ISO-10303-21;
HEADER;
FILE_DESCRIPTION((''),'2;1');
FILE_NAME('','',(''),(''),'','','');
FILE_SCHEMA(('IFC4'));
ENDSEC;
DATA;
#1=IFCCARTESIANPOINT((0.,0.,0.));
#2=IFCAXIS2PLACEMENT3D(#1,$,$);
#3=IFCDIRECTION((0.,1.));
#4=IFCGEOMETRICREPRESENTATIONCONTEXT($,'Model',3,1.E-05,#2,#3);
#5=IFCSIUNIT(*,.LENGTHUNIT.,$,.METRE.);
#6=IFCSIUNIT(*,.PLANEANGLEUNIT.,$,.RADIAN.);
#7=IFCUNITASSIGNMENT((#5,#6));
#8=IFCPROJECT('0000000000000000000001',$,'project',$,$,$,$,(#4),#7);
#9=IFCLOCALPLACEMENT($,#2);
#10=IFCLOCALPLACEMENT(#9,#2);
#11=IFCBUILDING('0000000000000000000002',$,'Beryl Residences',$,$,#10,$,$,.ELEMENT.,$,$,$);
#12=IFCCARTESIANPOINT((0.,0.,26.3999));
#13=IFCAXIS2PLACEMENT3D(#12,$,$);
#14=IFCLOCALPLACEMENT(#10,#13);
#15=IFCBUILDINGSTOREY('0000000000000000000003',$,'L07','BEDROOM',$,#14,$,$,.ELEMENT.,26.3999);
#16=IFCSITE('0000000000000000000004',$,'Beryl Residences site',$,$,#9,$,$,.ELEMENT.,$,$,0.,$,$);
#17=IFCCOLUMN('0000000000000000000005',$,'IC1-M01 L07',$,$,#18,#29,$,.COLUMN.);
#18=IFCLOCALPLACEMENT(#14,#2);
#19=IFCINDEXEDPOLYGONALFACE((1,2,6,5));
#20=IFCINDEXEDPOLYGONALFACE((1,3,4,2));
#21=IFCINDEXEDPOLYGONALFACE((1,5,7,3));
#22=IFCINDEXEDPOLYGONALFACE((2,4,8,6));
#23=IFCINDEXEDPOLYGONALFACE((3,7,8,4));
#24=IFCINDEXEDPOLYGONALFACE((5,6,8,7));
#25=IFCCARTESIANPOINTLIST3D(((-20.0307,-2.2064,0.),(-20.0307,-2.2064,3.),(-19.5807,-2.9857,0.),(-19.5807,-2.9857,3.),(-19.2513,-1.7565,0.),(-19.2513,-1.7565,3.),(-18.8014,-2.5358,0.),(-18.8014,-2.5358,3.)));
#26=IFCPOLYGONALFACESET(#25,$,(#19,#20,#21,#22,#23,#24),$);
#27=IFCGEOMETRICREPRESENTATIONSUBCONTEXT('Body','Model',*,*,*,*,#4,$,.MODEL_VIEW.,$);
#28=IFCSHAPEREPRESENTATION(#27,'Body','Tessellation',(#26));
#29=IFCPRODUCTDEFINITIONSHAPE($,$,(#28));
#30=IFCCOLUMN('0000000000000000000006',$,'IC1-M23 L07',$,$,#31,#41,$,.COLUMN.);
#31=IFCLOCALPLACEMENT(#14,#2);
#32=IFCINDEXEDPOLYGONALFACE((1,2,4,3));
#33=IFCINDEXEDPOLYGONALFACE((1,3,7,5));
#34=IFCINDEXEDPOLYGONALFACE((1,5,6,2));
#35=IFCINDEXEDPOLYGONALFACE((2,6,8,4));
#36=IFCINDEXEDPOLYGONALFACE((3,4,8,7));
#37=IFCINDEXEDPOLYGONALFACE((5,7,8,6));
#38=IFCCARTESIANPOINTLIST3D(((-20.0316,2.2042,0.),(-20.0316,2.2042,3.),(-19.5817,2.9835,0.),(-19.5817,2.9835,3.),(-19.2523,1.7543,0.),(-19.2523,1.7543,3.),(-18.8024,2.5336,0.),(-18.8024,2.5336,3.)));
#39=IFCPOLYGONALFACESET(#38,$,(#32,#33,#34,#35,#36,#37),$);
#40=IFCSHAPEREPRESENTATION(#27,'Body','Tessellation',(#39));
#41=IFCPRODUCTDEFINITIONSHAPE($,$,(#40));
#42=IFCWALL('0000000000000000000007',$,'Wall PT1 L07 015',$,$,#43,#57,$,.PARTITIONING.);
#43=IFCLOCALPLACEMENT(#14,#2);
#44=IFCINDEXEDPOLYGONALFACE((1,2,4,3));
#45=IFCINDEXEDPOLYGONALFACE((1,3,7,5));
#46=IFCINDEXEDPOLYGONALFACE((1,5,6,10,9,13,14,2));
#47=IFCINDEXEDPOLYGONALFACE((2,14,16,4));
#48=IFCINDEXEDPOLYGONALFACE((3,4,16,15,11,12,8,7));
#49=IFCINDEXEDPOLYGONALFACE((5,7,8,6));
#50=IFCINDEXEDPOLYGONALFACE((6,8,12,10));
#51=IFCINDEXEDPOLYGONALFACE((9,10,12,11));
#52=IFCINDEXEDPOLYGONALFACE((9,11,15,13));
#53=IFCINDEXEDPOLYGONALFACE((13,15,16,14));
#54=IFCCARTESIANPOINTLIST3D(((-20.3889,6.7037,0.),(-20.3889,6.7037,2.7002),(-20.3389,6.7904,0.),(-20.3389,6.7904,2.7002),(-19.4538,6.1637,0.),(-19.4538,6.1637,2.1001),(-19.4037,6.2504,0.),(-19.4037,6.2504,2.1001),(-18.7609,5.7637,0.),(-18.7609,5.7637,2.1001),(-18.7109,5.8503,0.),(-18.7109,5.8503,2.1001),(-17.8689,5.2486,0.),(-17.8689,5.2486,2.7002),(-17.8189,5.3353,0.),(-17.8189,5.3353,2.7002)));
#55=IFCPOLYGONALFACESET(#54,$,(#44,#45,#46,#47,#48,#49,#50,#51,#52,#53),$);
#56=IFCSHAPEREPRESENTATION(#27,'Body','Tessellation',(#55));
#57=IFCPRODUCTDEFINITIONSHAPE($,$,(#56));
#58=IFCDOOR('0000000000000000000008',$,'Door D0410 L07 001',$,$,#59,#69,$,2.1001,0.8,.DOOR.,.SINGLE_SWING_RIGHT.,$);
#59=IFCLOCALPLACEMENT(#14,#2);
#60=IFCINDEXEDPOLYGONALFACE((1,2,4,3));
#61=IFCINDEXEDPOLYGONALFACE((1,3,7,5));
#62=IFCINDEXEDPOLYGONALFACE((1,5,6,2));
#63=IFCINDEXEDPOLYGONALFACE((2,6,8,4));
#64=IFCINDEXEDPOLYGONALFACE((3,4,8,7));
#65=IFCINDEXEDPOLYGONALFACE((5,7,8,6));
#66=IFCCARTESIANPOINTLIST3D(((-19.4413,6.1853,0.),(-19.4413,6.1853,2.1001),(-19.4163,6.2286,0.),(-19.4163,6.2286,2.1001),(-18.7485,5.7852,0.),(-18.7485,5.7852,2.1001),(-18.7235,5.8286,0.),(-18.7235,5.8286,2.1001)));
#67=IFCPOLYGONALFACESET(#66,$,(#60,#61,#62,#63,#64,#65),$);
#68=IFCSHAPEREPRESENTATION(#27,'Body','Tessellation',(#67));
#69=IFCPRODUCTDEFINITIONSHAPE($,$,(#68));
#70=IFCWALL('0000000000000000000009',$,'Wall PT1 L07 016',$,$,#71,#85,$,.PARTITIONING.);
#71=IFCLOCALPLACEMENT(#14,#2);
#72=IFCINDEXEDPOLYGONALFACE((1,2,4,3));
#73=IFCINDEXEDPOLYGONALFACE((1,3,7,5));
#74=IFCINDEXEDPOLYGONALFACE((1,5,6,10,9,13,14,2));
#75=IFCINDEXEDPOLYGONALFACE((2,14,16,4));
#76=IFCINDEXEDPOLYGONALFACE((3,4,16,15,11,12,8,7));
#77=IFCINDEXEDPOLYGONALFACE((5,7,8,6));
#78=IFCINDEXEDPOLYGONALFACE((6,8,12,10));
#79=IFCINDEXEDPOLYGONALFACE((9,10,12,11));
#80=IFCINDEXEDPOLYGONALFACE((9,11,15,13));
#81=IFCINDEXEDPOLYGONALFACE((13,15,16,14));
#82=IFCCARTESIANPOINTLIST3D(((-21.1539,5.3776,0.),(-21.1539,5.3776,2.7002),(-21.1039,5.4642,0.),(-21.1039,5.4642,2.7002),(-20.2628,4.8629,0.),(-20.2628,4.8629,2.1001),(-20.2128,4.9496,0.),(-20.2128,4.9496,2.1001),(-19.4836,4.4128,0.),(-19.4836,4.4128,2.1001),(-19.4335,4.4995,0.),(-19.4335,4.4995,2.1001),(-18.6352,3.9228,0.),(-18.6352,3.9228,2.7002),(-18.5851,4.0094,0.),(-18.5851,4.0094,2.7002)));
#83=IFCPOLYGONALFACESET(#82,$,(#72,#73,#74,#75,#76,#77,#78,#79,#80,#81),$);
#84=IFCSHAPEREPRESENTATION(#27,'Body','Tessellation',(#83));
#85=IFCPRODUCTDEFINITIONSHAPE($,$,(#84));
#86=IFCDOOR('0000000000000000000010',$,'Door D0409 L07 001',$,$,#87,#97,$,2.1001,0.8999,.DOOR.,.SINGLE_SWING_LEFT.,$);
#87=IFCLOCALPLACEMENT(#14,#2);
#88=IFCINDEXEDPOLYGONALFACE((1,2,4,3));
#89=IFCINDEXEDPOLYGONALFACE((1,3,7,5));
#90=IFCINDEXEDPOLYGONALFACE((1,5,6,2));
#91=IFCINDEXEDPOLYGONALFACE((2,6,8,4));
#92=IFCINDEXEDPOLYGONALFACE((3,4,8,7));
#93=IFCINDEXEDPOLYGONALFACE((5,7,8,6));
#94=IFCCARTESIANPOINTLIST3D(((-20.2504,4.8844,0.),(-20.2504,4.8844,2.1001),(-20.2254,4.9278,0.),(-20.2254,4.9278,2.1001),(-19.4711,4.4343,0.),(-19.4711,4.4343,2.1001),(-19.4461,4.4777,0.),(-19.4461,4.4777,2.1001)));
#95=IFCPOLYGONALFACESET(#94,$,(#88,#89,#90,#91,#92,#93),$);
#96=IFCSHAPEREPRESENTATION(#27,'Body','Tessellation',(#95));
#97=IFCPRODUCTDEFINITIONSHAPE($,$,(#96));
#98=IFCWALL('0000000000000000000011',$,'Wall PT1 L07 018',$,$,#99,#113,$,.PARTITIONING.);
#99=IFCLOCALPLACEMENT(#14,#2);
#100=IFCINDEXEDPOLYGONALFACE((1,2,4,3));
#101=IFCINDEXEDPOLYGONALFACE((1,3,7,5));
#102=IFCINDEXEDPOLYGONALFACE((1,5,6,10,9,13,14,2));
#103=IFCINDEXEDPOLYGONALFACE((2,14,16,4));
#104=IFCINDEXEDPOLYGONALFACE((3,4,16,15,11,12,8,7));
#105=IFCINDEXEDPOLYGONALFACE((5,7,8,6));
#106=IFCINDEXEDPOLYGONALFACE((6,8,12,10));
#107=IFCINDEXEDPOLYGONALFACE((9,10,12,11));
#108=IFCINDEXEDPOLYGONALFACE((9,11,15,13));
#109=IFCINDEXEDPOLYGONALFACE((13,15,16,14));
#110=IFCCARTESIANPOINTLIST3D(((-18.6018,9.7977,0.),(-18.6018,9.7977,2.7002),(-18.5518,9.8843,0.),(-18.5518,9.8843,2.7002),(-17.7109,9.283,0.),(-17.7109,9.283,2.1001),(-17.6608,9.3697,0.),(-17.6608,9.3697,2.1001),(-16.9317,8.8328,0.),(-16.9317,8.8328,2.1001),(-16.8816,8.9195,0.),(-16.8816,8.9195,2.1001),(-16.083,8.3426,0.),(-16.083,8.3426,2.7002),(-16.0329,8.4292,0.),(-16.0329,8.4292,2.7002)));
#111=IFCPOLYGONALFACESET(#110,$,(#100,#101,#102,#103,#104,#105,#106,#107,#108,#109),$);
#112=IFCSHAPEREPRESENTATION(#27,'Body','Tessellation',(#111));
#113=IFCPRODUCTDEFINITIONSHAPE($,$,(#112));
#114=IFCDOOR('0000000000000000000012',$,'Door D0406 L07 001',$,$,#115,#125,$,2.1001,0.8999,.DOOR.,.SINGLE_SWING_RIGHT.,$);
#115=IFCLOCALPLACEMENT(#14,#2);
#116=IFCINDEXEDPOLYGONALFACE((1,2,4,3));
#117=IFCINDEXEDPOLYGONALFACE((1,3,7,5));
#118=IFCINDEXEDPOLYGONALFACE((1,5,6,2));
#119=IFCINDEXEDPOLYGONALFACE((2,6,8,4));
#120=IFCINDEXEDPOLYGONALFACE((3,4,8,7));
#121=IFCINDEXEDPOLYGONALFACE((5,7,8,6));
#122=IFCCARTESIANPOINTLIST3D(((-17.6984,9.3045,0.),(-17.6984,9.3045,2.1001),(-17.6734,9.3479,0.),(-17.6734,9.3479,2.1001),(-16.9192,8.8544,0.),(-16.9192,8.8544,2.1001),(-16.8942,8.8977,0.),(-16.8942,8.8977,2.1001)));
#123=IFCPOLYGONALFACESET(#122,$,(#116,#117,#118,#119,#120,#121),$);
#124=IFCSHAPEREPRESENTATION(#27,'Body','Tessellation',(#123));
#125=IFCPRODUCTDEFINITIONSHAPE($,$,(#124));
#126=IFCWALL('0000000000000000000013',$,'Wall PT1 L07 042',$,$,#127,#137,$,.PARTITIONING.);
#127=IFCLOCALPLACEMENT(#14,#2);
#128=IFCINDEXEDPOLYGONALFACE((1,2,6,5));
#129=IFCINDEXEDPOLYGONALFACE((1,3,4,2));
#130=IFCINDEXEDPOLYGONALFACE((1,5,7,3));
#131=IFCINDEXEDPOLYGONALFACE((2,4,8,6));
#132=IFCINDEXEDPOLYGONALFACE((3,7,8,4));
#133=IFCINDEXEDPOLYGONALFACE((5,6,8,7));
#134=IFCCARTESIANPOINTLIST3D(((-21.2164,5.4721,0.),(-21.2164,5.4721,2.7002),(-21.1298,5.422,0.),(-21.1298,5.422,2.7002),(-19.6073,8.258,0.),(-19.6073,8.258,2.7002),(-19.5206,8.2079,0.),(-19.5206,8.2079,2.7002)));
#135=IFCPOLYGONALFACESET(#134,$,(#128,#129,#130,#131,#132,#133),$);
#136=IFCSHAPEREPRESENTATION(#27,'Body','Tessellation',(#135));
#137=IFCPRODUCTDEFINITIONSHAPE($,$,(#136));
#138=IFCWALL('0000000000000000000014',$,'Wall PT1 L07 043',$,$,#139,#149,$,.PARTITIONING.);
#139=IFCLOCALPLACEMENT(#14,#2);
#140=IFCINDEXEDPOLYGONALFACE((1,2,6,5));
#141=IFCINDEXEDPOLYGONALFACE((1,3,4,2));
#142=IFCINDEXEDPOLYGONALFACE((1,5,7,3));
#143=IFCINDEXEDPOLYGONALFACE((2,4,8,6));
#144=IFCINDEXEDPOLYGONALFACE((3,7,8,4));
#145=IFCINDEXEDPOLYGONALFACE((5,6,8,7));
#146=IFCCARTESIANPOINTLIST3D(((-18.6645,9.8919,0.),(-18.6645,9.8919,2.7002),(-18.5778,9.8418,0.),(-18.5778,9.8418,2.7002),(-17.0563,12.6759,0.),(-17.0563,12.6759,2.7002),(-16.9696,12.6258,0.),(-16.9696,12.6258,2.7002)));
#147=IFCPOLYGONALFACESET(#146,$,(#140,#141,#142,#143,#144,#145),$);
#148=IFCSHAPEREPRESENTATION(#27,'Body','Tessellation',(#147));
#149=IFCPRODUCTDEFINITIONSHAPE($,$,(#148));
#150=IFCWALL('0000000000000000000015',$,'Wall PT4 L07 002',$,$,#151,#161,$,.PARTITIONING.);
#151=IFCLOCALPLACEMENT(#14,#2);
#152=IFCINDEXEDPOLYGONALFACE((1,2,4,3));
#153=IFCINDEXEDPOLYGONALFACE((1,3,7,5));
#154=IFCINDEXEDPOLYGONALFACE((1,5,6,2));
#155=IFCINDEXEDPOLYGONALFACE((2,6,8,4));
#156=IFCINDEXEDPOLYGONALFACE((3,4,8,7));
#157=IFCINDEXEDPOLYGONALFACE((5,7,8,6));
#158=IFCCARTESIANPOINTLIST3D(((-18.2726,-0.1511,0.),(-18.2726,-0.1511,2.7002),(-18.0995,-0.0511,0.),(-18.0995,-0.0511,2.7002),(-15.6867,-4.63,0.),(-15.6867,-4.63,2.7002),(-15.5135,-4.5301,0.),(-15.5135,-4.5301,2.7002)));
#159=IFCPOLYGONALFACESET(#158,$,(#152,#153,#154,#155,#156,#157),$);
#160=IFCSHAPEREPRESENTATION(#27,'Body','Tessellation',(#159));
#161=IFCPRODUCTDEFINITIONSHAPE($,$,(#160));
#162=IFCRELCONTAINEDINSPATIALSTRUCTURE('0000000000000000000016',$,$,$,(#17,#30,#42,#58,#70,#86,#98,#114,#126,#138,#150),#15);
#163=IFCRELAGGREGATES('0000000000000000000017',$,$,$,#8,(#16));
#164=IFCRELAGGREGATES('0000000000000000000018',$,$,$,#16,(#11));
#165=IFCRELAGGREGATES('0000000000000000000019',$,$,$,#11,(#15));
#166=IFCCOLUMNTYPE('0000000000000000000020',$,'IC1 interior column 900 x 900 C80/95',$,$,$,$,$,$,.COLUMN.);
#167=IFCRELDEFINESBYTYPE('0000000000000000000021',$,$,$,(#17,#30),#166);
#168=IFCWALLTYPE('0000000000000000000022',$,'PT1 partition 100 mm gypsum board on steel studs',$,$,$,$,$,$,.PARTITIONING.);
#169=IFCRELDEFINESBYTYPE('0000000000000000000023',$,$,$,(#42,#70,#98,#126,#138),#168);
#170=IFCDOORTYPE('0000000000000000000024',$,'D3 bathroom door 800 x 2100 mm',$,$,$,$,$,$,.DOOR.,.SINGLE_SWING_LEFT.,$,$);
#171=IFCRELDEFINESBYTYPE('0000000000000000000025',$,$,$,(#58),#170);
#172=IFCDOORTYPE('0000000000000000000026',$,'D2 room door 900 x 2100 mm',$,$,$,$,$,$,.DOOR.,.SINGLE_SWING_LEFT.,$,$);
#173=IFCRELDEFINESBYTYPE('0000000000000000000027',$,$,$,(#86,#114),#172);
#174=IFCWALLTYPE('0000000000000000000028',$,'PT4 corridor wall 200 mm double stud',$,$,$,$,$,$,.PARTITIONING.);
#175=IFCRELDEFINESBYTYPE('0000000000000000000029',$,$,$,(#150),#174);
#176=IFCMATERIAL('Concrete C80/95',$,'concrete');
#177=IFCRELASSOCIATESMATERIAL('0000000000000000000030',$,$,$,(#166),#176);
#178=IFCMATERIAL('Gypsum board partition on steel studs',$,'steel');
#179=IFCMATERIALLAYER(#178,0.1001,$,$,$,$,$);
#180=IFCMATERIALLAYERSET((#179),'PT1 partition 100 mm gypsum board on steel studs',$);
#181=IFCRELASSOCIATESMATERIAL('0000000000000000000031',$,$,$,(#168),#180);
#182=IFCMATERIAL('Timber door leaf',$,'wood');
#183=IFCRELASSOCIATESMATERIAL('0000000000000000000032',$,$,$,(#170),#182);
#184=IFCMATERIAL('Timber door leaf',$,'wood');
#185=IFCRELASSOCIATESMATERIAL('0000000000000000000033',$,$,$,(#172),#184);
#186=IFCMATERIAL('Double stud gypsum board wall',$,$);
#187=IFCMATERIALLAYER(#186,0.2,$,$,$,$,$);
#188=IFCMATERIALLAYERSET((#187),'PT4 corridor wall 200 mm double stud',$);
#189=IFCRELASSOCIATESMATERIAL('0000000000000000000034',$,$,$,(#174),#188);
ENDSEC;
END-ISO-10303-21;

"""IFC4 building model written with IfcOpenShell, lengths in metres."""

from ifc_helpers import new_model, si_unit, direction, frame, frame_2d, origin, origin_2d, place, context, subcontext, project, spatial, rectangle, extrude, material, layer, layer_set, material_profile, profile_set, type_object, element, fill, save


model = new_model("IFC4")

# Units and contexts
model_context = context("Model", 3, precision=1e-05, world=origin(), true_north=direction((0.0, 1.0)))
body_context = subcontext(model_context, "Body", "Model", "MODEL_VIEW")
ifc_project = project(units=[si_unit("LENGTHUNIT", "METRE"), si_unit("PLANEANGLEUNIT", "RADIAN")], contexts=[model_context])

# Site, building, storey
site_placement = place(None, origin())
site = spatial("IfcSite", under=ifc_project, at=site_placement, Name="Beryl Residences site", CompositionType="ELEMENT", RefElevation=0.0)
building_placement = place(site_placement, origin())
building = spatial("IfcBuilding", under=site, at=building_placement, Name="Beryl Residences", CompositionType="ELEMENT")
storey_placement = place(building_placement, frame((0.0, 0.0, 26.3999)))
storey = spatial("IfcBuildingStorey", under=building, at=storey_placement, Name="L07", Description="BEDROOM", CompositionType="ELEMENT", Elevation=26.3999)

# Columns
ifc_material_1 = material(Name="Concrete C80/95", Category="concrete")
ifc_material_profile = material_profile(ifc_material_1, rectangle(XDim=0.8999, YDim=0.8999, at=origin_2d()))
ifc_profile_set = profile_set([ifc_material_profile], Name="Concrete C80/95")
column_type = type_object("IfcColumnType", Name="IC1 interior column 900 x 900 C80/95", PredefinedType="COLUMN", material=ifc_profile_set)
for number, where, z_axis, x_axis, name in (
    (1, (-19.416, -2.3711, 0.0), (0.0, 0.0, 1.0), (0.499985, -0.866034, 0.0), "IC1-M01 L07"),
    (2, (-19.417, 2.3689, 0.0), (0.0, 0.0, 1.0), (-0.499985, -0.866034, 0.0), "IC1-M23 L07"),
):
    element("IfcColumn", number, at=place(storey_placement, frame(where, z_axis=z_axis, x_axis=x_axis)), inside=storey, type_object=column_type, Name=name, PredefinedType="COLUMN", context=body_context, shape_type="SweptSolid", body=[
        extrude(rectangle(XDim=0.8999, YDim=0.8999, at=origin_2d()), origin(), (0.0, 0.0, 1.0), 3.0),
    ])

# Walls, openings, doors
ifc_material_2 = material(Name="Gypsum board partition on steel studs", Category="steel")
ifc_layer_1 = layer(ifc_material_2, 0.1001)
ifc_layer_set_1 = layer_set([ifc_layer_1], Name="PT1 partition 100 mm gypsum board on steel studs")
wall_type_1 = type_object("IfcWallType", Name="PT1 partition 100 mm gypsum board on steel studs", PredefinedType="PARTITIONING", material=ifc_layer_set_1)
wall_1_placement = place(storey_placement, frame((-20.364, 6.7471, 0.0), z_axis=(0.0, 0.0, 1.0), x_axis=(0.866004, -0.500037, 0.0)))
wall_1 = element("IfcWall", 3, at=wall_1_placement, inside=storey, type_object=wall_type_1, Name="Wall PT1 L07 015", PredefinedType="PARTITIONING", context=body_context, shape_type="SweptSolid", body=[
    extrude(rectangle(XDim=2.9099, YDim=0.1001, at=frame_2d((1.4551, 0.0))), origin(), (0.0, 0.0, 1.0), 2.7002),
])
opening_1_placement = place(wall_1_placement, frame((1.0801, 0.0, 0.0)))
opening_1 = element("IfcOpeningElement", 4, at=opening_1_placement, cuts=wall_1, PredefinedType="OPENING", context=body_context, shape_type="SweptSolid", body=[
    extrude(rectangle(XDim=0.8, YDim=2.1001, at=frame_2d((0.3999, 1.05))), frame((0.0, 0.0601, 0.0), z_axis=(0.0, -1.0, 0.0), x_axis=(1.0, 0.0, 0.0)), (0.0, 0.0, 1.0), 0.1201),
])
ifc_material_3 = material(Name="Timber door leaf", Category="wood")
door_type_1 = type_object("IfcDoorType", Name="D3 bathroom door 800 x 2100 mm", OperationType="SINGLE_SWING_LEFT", PredefinedType="DOOR", material=ifc_material_3)
door_1_placement = place(opening_1_placement, origin())
door_1 = element("IfcDoor", 5, at=door_1_placement, inside=storey, type_object=door_type_1, Name="Door D0410 L07 001", OperationType="SINGLE_SWING_RIGHT", OverallHeight=2.1001, OverallWidth=0.8, PredefinedType="DOOR", context=body_context, shape_type="SweptSolid", body=[
    extrude(rectangle(XDim=0.8, YDim=2.1001, at=frame_2d((0.3999, 1.05))), frame((0.0, 0.0249, 0.0), z_axis=(0.0, -1.0, 0.0), x_axis=(1.0, 0.0, 0.0)), (0.0, 0.0, 1.0), 0.05),
])
fill(opening_1, door_1)
wall_2_placement = place(storey_placement, frame((-21.1289, 5.4209, 0.0), z_axis=(0.0, 0.0, 1.0), x_axis=(0.865935, -0.500156, 0.0)))
wall_2 = element("IfcWall", 6, at=wall_2_placement, inside=storey, type_object=wall_type_1, Name="Wall PT1 L07 016", PredefinedType="PARTITIONING", context=body_context, shape_type="SweptSolid", body=[
    extrude(rectangle(XDim=2.9087, YDim=0.1001, at=frame_2d((1.4543, 0.0))), origin(), (0.0, 0.0, 1.0), 2.7002),
])
opening_2_placement = place(wall_2_placement, frame((1.0291, 0.0, 0.0)))
opening_2 = element("IfcOpeningElement", 7, at=opening_2_placement, cuts=wall_2, PredefinedType="OPENING", context=body_context, shape_type="SweptSolid", body=[
    extrude(rectangle(XDim=0.8999, YDim=2.1001, at=frame_2d((0.45, 1.05))), frame((0.0, 0.0601, 0.0), z_axis=(0.0, -1.0, 0.0), x_axis=(1.0, 0.0, 0.0)), (0.0, 0.0, 1.0), 0.1201),
])
ifc_material_4 = material(Name="Timber door leaf", Category="wood")
door_type_2 = type_object("IfcDoorType", Name="D2 room door 900 x 2100 mm", OperationType="SINGLE_SWING_LEFT", PredefinedType="DOOR", material=ifc_material_4)
door_2_placement = place(opening_2_placement, origin())
door_2 = element("IfcDoor", 8, at=door_2_placement, inside=storey, type_object=door_type_2, Name="Door D0409 L07 001", OperationType="SINGLE_SWING_LEFT", OverallHeight=2.1001, OverallWidth=0.8999, PredefinedType="DOOR", context=body_context, shape_type="SweptSolid", body=[
    extrude(rectangle(XDim=0.8999, YDim=2.1001, at=frame_2d((0.45, 1.05))), frame((0.0, 0.0249, 0.0), z_axis=(0.0, -1.0, 0.0), x_axis=(1.0, 0.0, 0.0)), (0.0, 0.0, 1.0), 0.05),
])
fill(opening_2, door_2)
wall_3_placement = place(storey_placement, frame((-18.5769, 9.8411, 0.0), z_axis=(0.0, 0.0, 1.0), x_axis=(0.865899, -0.500219, 0.0)))
wall_3 = element("IfcWall", 9, at=wall_3_placement, inside=storey, type_object=wall_type_1, Name="Wall PT1 L07 018", PredefinedType="PARTITIONING", context=body_context, shape_type="SweptSolid", body=[
    extrude(rectangle(XDim=2.9089, YDim=0.1001, at=frame_2d((1.4546, 0.0))), origin(), (0.0, 0.0, 1.0), 2.7002),
])
opening_3_placement = place(wall_3_placement, frame((1.0291, 0.0, 0.0)))
opening_3 = element("IfcOpeningElement", 10, at=opening_3_placement, cuts=wall_3, PredefinedType="OPENING", context=body_context, shape_type="SweptSolid", body=[
    extrude(rectangle(XDim=0.8999, YDim=2.1001, at=frame_2d((0.45, 1.05))), frame((0.0, 0.0601, 0.0), z_axis=(0.0, -1.0, 0.0), x_axis=(1.0, 0.0, 0.0)), (0.0, 0.0, 1.0), 0.1201),
])
door_3_placement = place(opening_3_placement, origin())
door_3 = element("IfcDoor", 11, at=door_3_placement, inside=storey, type_object=door_type_2, Name="Door D0406 L07 001", OperationType="SINGLE_SWING_RIGHT", OverallHeight=2.1001, OverallWidth=0.8999, PredefinedType="DOOR", context=body_context, shape_type="SweptSolid", body=[
    extrude(rectangle(XDim=0.8999, YDim=2.1001, at=frame_2d((0.45, 1.05))), frame((0.0, 0.0249, 0.0), z_axis=(0.0, -1.0, 0.0), x_axis=(1.0, 0.0, 0.0)), (0.0, 0.0, 1.0), 0.05),
])
fill(opening_3, door_3)

# Walls
wall_4_placement = place(storey_placement, frame((-21.1731, 5.447, 0.0), z_axis=(0.0, 0.0, 1.0), x_axis=(0.500163, 0.865932, 0.0)))
element("IfcWall", 12, at=wall_4_placement, inside=storey, type_object=wall_type_1, Name="Wall PT1 L07 042", PredefinedType="PARTITIONING", context=body_context, shape_type="SweptSolid", body=[
    extrude(rectangle(XDim=3.2173, YDim=0.1001, at=frame_2d((1.6086, 0.0))), origin(), (0.0, 0.0, 1.0), 2.7002),
])
wall_5_placement = place(storey_placement, frame((-18.6211, 9.8669, 0.0), z_axis=(0.0, 0.0, 1.0), x_axis=(0.500198, 0.865911, 0.0)))
element("IfcWall", 13, at=wall_5_placement, inside=storey, type_object=wall_type_1, Name="Wall PT1 L07 043", PredefinedType="PARTITIONING", context=body_context, shape_type="SweptSolid", body=[
    extrude(rectangle(XDim=3.2151, YDim=0.1001, at=frame_2d((1.6074, 0.0))), origin(), (0.0, 0.0, 1.0), 2.7002),
])
ifc_material_5 = material(Name="Double stud gypsum board wall")
ifc_layer_2 = layer(ifc_material_5, 0.2)
ifc_layer_set_2 = layer_set([ifc_layer_2], Name="PT4 corridor wall 200 mm double stud")
wall_type_2 = type_object("IfcWallType", Name="PT4 corridor wall 200 mm double stud", PredefinedType="PARTITIONING", material=ifc_layer_set_2)
wall_6_placement = place(storey_placement, frame((-18.186, -0.1011, 0.0), z_axis=(0.0, 0.0, 1.0), x_axis=(0.499998, -0.866027, 0.0)))
element("IfcWall", 14, at=wall_6_placement, inside=storey, type_object=wall_type_2, Name="Wall PT4 L07 002", PredefinedType="PARTITIONING", context=body_context, shape_type="SweptSolid", body=[
    extrude(rectangle(XDim=5.1719, YDim=0.2, at=frame_2d((2.5859, 0.0))), origin(), (0.0, 0.0, 1.0), 2.7002),
])

save(model, "model.ifc")
